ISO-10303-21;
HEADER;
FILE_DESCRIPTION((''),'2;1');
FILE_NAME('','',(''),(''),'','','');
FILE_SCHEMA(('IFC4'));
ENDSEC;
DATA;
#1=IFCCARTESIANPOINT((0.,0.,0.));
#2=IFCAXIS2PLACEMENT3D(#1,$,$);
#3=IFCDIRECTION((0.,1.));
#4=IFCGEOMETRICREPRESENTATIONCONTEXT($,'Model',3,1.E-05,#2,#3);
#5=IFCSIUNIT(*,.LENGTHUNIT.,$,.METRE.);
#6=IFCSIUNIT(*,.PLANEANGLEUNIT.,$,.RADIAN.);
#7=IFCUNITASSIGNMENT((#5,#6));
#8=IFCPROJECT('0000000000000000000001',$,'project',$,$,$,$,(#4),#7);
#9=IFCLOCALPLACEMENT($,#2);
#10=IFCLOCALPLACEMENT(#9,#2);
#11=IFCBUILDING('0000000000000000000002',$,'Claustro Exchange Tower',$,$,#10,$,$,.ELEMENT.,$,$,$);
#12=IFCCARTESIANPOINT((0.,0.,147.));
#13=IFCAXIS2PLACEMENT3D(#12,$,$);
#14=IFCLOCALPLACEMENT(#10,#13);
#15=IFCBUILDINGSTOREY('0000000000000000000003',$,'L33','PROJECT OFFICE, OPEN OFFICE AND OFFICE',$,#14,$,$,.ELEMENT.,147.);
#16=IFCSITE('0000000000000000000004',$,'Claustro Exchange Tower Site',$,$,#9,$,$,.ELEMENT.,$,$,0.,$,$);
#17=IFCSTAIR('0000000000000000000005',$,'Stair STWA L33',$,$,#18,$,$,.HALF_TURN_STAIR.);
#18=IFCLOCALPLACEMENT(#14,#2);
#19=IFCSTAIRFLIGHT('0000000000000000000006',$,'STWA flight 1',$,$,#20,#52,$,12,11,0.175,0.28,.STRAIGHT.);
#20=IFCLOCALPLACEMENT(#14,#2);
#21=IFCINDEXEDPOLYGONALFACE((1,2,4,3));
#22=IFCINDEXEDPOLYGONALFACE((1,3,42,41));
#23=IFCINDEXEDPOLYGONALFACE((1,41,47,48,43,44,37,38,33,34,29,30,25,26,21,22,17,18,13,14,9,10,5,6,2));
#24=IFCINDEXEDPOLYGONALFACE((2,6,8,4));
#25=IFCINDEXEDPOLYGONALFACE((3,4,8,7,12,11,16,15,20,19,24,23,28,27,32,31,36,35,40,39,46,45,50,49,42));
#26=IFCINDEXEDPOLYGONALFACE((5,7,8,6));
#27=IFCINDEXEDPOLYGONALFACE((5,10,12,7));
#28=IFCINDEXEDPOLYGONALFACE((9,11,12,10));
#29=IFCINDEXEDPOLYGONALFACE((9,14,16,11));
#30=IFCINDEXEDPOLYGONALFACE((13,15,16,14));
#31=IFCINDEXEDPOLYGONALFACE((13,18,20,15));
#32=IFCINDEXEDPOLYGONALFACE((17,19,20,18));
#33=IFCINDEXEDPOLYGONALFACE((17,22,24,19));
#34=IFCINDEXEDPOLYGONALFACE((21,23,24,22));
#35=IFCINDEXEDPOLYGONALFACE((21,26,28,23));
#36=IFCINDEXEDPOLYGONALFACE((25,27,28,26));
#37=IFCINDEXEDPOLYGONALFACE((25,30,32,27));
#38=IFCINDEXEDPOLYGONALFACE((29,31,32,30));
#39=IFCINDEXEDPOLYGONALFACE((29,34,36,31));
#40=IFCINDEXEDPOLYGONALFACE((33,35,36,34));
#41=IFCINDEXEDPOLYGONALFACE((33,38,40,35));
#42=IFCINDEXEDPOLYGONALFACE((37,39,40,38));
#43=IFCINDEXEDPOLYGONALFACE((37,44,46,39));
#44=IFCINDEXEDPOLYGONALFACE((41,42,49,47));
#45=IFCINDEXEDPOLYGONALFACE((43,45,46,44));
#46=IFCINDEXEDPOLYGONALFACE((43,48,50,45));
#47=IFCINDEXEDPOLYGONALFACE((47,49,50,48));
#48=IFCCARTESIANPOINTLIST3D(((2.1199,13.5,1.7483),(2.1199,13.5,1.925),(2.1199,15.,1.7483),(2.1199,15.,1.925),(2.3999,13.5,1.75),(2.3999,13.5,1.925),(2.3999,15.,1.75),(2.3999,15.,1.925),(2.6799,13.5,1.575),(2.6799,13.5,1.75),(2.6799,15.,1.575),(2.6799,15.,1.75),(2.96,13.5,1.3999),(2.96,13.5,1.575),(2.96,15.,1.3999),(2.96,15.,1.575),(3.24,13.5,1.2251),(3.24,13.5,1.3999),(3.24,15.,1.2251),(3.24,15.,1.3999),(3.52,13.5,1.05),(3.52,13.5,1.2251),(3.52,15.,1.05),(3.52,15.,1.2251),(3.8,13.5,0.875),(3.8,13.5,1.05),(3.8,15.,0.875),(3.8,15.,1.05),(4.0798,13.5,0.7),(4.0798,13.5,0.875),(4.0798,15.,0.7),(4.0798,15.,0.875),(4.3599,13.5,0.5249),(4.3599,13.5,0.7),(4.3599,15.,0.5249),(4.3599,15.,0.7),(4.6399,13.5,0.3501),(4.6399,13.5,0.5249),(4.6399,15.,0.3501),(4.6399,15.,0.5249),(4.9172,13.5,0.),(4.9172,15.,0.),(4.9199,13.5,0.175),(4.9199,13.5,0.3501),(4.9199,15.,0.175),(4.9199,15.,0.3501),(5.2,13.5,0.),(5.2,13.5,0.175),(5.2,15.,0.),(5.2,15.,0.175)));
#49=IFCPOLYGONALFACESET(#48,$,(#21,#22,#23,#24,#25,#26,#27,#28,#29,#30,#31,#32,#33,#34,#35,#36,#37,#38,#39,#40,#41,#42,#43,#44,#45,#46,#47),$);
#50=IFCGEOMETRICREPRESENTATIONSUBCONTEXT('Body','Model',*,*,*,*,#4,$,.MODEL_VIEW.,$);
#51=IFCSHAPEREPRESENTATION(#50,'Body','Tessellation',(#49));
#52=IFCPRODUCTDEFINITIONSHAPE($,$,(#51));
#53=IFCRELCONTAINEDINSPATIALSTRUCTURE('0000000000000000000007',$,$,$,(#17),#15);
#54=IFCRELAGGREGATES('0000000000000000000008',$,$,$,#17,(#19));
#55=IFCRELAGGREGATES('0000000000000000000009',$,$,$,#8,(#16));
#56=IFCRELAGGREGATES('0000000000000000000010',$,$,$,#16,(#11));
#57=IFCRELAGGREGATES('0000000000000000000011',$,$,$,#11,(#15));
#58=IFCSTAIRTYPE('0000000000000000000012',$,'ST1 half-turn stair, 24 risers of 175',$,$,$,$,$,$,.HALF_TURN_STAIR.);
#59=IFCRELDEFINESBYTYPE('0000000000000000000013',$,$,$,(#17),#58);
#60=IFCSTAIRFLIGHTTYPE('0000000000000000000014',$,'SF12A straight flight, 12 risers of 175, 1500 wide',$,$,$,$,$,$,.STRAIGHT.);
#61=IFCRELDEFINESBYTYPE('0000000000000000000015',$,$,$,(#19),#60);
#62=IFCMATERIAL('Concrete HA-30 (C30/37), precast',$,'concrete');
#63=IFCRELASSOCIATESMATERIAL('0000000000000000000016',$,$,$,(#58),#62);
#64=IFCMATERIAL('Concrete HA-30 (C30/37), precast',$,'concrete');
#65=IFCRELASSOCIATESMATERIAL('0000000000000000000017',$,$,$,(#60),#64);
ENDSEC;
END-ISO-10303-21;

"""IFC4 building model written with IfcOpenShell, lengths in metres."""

from ifc_helpers import new_model, si_unit, direction, frame, origin, place, context, subcontext, project, spatial, polyline, outline, extrude, material, type_object, element, aggregate, save


model = new_model("IFC4")

# Units and contexts
model_context = context("Model", 3, precision=1e-05, world=origin(), true_north=direction((0.0, 1.0)))
body_context = subcontext(model_context, "Body", "Model", "MODEL_VIEW")
ifc_project = project(units=[si_unit("LENGTHUNIT", "METRE"), si_unit("PLANEANGLEUNIT", "RADIAN")], contexts=[model_context])

# Site, building, storey
site_placement = place(None, origin())
site = spatial("IfcSite", under=ifc_project, at=site_placement, Name="Claustro Exchange Tower Site", CompositionType="ELEMENT", RefElevation=0.0)
building_placement = place(site_placement, origin())
building = spatial("IfcBuilding", under=site, at=building_placement, Name="Claustro Exchange Tower", CompositionType="ELEMENT")
storey_placement = place(building_placement, frame((0.0, 0.0, 147.0)))
storey = spatial("IfcBuildingStorey", under=building, at=storey_placement, Name="L33", Description="PROJECT OFFICE, OPEN OFFICE AND OFFICE", CompositionType="ELEMENT", Elevation=147.0)

# Stair, stair flight
ifc_material_1 = material(Name="Concrete HA-30 (C30/37), precast", Category="concrete")
stair_type = type_object("IfcStairType", Name="ST1 half-turn stair, 24 risers of 175", PredefinedType="HALF_TURN_STAIR", material=ifc_material_1)
stair_placement = place(storey_placement, origin())
stair = element("IfcStair", 1, at=stair_placement, inside=storey, type_object=stair_type, Name="Stair STWA L33", PredefinedType="HALF_TURN_STAIR")
ifc_material_2 = material(Name="Concrete HA-30 (C30/37), precast", Category="concrete")
stair_flight_type = type_object("IfcStairFlightType", Name="SF12A straight flight, 12 risers of 175, 1500 wide", PredefinedType="STRAIGHT", material=ifc_material_2)
stair_flight_placement = place(storey_placement, frame((5.2, 14.25, 0.0), z_axis=(0.0, 0.0, 1.0), x_axis=(-1.0, 0.0, 0.0)))
stair_flight = element("IfcStairFlight", 2, at=stair_flight_placement, type_object=stair_flight_type, Name="STWA flight 1", NumberOfRisers=12, NumberOfTreads=11, PredefinedType="STRAIGHT", RiserHeight=0.175, TreadLength=0.28, context=body_context, shape_type="SweptSolid", body=[
    extrude(outline(polyline([(0.0, 0.0), (0.0, 0.175), (0.28, 0.175), (0.28, 0.3501), (0.5601, 0.3501), (0.5601, 0.5249), (0.8401, 0.5249), (0.8401, 0.7), (1.1201, 0.7), (1.1201, 0.875), (1.3999, 0.875), (1.3999, 1.05), (1.6799, 1.05), (1.6799, 1.2251), (1.96, 1.2251), (1.96, 1.3999), (2.24, 1.3999), (2.24, 1.575), (2.52, 1.575), (2.52, 1.75), (2.8, 1.75), (2.8, 1.925), (3.0801, 1.925), (3.0801, 2.1001), (3.0801, 1.7483), (0.2827, 0.0), (0.0, 0.0)])), frame((0.0, 0.75, 0.0), z_axis=(0.0, -1.0, 0.0), x_axis=(1.0, 0.0, 0.0)), (0.0, 0.0, 1.0), 1.5),
])
aggregate(stair, [stair_flight])

save(model, "model.ifc")
